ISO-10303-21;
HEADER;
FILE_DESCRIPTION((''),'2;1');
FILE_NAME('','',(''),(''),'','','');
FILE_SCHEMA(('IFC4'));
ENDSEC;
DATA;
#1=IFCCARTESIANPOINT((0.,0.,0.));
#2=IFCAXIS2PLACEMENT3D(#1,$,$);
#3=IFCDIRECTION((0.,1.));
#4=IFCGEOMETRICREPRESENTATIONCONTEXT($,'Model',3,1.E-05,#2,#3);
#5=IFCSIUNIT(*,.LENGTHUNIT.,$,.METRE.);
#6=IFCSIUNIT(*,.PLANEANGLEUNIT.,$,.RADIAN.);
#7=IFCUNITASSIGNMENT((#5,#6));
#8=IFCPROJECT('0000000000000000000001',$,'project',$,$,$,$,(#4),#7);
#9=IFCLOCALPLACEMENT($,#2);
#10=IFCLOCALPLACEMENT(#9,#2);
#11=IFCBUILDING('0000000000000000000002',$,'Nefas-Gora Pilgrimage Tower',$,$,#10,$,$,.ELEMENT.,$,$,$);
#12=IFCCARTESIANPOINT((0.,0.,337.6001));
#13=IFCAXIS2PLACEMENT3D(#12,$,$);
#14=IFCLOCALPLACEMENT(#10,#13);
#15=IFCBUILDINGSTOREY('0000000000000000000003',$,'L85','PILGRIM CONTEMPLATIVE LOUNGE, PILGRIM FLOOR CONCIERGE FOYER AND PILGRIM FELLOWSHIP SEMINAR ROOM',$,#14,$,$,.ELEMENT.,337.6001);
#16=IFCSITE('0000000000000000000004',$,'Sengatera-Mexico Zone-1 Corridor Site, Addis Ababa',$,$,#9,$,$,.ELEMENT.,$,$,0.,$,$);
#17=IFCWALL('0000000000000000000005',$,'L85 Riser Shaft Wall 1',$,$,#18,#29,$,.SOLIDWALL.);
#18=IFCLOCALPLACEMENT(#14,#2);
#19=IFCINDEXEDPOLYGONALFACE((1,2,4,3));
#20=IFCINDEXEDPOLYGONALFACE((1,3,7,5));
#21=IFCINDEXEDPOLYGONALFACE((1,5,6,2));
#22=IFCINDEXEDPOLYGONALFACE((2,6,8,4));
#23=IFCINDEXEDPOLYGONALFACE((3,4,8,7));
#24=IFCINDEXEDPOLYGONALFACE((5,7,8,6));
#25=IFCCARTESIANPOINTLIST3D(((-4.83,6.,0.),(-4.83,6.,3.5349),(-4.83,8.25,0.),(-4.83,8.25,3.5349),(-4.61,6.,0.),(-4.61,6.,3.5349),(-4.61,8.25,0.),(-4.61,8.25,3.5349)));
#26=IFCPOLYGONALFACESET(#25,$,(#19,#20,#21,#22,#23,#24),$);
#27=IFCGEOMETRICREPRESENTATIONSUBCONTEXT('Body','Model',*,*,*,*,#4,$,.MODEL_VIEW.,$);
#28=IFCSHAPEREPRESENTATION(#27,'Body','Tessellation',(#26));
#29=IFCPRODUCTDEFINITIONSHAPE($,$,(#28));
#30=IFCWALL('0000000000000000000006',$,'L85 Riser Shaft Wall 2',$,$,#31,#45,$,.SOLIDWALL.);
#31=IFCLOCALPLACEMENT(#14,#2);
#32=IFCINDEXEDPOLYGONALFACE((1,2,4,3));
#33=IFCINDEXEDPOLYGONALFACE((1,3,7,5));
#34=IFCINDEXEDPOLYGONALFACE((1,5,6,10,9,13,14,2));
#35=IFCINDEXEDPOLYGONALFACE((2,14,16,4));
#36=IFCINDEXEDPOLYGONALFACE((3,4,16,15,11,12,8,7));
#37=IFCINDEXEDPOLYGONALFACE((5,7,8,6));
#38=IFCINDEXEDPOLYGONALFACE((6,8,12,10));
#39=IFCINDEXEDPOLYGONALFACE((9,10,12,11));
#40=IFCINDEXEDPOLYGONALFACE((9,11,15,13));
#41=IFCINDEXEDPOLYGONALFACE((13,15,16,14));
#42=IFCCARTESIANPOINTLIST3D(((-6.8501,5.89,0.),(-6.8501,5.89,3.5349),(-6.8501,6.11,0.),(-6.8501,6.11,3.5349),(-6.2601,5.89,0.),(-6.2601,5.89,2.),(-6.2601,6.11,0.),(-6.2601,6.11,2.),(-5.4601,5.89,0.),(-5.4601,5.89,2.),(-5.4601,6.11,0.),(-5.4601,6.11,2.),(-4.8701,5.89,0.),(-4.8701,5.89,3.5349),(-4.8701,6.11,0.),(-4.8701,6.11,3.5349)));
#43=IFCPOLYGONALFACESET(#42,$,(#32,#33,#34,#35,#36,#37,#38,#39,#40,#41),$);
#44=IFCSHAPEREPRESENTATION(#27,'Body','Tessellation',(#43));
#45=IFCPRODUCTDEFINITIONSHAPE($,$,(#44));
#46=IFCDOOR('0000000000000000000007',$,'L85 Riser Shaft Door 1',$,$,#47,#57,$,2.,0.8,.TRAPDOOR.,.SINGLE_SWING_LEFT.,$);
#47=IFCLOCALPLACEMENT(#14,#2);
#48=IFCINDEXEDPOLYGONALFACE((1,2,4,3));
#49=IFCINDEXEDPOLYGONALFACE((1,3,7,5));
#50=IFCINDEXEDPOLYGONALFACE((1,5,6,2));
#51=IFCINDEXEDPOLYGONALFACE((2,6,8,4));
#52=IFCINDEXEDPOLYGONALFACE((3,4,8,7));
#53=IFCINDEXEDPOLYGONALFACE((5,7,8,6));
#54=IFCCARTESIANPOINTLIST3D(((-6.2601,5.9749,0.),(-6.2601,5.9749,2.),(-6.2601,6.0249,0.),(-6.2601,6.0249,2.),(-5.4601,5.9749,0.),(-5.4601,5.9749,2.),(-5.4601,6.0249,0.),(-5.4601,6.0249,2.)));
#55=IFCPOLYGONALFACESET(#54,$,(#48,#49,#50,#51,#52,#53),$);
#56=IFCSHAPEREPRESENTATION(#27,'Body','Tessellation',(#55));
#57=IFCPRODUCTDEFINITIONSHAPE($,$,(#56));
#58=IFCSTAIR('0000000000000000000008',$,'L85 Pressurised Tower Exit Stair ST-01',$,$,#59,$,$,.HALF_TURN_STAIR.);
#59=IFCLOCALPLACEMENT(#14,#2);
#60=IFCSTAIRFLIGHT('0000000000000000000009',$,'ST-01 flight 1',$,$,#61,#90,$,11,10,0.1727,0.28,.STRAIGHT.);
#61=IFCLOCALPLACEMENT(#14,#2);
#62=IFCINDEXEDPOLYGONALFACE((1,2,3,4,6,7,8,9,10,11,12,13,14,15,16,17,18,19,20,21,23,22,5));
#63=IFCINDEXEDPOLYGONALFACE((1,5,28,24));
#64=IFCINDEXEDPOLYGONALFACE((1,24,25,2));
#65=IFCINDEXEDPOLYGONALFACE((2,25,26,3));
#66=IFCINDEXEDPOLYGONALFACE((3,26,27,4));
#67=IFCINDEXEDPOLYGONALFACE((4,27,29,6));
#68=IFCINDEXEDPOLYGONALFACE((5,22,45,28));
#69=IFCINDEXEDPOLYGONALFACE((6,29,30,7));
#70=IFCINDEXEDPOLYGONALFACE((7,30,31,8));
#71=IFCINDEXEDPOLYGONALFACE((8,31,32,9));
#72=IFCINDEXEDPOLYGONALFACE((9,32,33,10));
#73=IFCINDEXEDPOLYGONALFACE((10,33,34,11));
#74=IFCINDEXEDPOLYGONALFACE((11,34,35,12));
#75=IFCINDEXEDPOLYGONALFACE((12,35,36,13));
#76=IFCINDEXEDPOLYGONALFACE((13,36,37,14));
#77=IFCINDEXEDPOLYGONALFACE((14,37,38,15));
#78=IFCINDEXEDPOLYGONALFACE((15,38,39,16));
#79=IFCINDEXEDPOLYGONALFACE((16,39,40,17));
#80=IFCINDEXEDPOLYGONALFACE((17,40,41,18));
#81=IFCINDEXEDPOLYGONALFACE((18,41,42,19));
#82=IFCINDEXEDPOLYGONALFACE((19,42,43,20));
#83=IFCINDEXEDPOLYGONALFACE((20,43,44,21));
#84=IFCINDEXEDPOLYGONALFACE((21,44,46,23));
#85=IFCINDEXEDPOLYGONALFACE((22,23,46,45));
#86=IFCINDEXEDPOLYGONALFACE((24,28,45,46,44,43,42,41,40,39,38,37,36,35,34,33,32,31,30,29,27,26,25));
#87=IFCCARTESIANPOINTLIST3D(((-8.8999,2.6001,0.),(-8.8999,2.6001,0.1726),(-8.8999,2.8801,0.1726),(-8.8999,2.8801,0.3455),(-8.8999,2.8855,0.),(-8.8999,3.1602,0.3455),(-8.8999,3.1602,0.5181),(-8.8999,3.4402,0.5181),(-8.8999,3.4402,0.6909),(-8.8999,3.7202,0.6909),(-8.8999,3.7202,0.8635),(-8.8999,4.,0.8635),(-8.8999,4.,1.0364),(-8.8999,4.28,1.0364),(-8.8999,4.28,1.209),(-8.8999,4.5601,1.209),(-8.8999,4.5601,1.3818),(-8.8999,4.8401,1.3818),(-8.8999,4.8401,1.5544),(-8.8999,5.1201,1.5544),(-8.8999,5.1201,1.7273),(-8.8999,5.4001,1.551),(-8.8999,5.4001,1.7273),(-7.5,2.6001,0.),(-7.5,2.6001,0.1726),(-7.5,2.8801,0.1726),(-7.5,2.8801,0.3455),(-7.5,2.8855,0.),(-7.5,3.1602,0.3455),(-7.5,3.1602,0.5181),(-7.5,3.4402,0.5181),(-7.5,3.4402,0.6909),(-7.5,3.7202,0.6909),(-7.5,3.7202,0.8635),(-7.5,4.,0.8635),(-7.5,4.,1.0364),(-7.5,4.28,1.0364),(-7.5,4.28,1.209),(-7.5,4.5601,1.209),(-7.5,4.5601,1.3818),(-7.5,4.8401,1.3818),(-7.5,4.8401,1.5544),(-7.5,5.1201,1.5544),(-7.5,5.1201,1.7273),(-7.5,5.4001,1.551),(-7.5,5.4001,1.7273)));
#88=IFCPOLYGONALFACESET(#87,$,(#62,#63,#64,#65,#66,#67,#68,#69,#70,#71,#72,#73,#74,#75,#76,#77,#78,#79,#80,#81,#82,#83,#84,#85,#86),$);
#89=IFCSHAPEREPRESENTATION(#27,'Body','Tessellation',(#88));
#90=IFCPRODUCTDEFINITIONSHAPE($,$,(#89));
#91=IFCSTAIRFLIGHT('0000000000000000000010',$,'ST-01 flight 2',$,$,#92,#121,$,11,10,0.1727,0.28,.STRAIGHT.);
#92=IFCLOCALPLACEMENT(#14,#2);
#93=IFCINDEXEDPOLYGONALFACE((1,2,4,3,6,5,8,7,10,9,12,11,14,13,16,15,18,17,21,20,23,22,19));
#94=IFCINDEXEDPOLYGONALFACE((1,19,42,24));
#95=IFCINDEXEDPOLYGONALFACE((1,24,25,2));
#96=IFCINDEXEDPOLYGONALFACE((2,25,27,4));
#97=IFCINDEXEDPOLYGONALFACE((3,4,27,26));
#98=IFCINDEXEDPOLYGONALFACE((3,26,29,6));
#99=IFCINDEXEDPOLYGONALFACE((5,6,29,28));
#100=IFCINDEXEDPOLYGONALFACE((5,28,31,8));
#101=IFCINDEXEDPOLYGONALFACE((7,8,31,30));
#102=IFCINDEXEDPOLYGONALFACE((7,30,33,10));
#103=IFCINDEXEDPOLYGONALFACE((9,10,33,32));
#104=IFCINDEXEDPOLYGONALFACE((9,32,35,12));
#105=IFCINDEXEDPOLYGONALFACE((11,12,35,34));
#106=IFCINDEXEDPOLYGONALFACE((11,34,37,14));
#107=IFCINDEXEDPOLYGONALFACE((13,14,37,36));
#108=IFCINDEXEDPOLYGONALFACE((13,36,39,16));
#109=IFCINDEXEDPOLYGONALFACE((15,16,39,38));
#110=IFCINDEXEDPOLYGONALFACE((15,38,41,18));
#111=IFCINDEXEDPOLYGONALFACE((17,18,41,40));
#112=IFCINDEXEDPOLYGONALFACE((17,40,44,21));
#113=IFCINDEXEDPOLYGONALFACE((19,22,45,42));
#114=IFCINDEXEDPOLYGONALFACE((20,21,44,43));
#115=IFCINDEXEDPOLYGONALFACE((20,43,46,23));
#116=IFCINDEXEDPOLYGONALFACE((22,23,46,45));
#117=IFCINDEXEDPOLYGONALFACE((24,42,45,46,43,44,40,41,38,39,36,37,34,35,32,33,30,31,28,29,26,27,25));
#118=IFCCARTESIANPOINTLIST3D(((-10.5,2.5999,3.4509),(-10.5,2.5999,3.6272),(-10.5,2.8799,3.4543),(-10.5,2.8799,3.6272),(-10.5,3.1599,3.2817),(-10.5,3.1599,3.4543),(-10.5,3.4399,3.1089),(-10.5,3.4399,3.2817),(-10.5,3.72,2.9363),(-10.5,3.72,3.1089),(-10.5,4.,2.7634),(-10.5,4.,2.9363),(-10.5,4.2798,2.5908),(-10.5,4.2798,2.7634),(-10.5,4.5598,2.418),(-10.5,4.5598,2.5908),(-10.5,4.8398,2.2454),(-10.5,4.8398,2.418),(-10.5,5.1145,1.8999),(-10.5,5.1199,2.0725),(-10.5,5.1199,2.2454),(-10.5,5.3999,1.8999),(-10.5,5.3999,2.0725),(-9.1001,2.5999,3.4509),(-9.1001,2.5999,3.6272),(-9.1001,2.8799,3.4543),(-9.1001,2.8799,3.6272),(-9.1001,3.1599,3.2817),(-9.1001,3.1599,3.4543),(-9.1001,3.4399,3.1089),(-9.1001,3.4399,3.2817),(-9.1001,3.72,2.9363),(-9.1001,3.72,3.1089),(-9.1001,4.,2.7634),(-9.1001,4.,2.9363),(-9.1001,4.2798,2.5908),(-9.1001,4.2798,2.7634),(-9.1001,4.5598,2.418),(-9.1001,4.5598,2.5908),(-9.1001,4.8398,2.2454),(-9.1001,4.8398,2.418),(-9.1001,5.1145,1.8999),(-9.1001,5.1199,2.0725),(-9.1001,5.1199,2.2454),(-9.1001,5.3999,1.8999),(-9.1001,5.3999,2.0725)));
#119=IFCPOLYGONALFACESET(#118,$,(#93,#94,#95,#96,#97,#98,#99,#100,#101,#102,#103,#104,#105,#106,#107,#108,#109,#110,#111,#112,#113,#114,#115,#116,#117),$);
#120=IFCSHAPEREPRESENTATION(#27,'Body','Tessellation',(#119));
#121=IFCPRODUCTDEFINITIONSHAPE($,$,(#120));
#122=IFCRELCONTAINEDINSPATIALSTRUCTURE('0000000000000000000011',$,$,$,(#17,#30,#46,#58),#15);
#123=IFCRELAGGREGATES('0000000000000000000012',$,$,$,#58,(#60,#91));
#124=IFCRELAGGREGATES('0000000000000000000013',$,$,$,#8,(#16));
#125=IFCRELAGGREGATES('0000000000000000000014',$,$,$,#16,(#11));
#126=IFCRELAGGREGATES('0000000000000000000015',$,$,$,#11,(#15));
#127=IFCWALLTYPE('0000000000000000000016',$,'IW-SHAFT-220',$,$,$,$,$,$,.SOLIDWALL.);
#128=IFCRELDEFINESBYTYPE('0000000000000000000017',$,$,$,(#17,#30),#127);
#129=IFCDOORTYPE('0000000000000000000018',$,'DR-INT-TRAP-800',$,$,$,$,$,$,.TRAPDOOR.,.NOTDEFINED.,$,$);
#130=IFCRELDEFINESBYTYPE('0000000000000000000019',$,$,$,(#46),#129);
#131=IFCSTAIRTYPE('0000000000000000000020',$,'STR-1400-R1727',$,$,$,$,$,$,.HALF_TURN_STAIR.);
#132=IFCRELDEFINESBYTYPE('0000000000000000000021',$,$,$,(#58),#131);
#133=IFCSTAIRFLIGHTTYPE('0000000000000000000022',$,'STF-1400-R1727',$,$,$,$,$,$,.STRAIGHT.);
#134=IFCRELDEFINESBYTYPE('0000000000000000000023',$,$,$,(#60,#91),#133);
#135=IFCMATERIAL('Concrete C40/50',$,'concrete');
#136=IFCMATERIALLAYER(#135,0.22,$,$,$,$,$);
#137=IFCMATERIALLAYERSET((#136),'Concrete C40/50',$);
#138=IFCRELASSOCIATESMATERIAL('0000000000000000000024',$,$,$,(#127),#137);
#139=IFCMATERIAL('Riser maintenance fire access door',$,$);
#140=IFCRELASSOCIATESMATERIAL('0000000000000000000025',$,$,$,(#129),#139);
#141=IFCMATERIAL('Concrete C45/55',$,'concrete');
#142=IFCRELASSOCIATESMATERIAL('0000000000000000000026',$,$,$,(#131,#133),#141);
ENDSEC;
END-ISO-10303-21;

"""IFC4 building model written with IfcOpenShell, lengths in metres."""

from ifc_helpers import new_model, si_unit, direction, frame, frame_2d, origin, place, context, subcontext, project, spatial, polyline, rectangle, outline, extrude, source, transform, mapped, material, layer, layer_set, type_object, element, fill, aggregate, save


model = new_model("IFC4")

# Units and contexts
model_context = context("Model", 3, precision=1e-05, world=origin(), true_north=direction((0.0, 1.0)))
body_context = subcontext(model_context, "Body", "Model", "MODEL_VIEW")
ifc_project = project(units=[si_unit("LENGTHUNIT", "METRE"), si_unit("PLANEANGLEUNIT", "RADIAN")], contexts=[model_context])

# Site, building, storey
site_placement = place(None, origin())
site = spatial("IfcSite", under=ifc_project, at=site_placement, Name="Sengatera-Mexico Zone-1 Corridor Site, Addis Ababa", CompositionType="ELEMENT", RefElevation=0.0)
building_placement = place(site_placement, origin())
building = spatial("IfcBuilding", under=site, at=building_placement, Name="Nefas-Gora Pilgrimage Tower", CompositionType="ELEMENT")
storey_placement = place(building_placement, frame((0.0, 0.0, 337.6001)))
storey = spatial("IfcBuildingStorey", under=building, at=storey_placement, Name="L85", Description="PILGRIM CONTEMPLATIVE LOUNGE, PILGRIM FLOOR CONCIERGE FOYER AND PILGRIM FELLOWSHIP SEMINAR ROOM", CompositionType="ELEMENT", Elevation=337.6001)

# Shared definitions
ifc_material_1 = material(Name="Concrete C45/55", Category="concrete")

# Shared definitions
ifc_material_2 = material(Name="Concrete C40/50", Category="concrete")
ifc_layer_1 = layer(ifc_material_2, 0.22)
ifc_layer_set_1 = layer_set([ifc_layer_1], Name="Concrete C40/50")
wall_type_1 = type_object("IfcWallType", Name="IW-SHAFT-220", PredefinedType="SOLIDWALL", material=ifc_layer_set_1)

# Wall
shared_shape_1 = source(origin(), body_context, "Body", "SweptSolid", [
    extrude(rectangle(XDim=2.25, YDim=0.22, at=frame_2d((1.125, 0.0))), origin(), (0.0, 0.0, 1.0), 3.5349),
])
wall_1_placement = place(storey_placement, frame((-4.72, 6.0, 0.0), z_axis=(0.0, 0.0, 1.0), x_axis=(0.0, 1.0, 0.0)))
element("IfcWall", 1, at=wall_1_placement, inside=storey, type_object=wall_type_1, Name="L85 Riser Shaft Wall 1", PredefinedType="SOLIDWALL", context=body_context, shape_type="MappedRepresentation", body=[
    mapped(shared_shape_1, transform((0.0, 0.0, 0.0), x_axis=(1.0, 0.0, 0.0), y_axis=(0.0, 1.0, 0.0), z_axis=(0.0, 0.0, 1.0), scale=1.0)),
])

# Wall, opening, door
shared_shape_2 = source(origin(), body_context, "Body", "SweptSolid", [
    extrude(rectangle(XDim=1.98, YDim=0.22, at=frame_2d((0.99, 0.0))), origin(), (0.0, 0.0, 1.0), 3.5349),
])
wall_2_placement = place(storey_placement, frame((-6.8501, 6.0, 0.0), z_axis=(0.0, 0.0, 1.0), x_axis=(1.0, 0.0, 0.0)))
wall_2 = element("IfcWall", 2, at=wall_2_placement, inside=storey, type_object=wall_type_1, Name="L85 Riser Shaft Wall 2", PredefinedType="SOLIDWALL", context=body_context, shape_type="MappedRepresentation", body=[
    mapped(shared_shape_2, transform((0.0, 0.0, 0.0), x_axis=(1.0, 0.0, 0.0), y_axis=(0.0, 1.0, 0.0), z_axis=(0.0, 0.0, 1.0), scale=1.0)),
])
opening_1_placement = place(wall_2_placement, frame((0.5901, 0.0, 0.0)))
opening_1 = element("IfcOpeningElement", 3, at=opening_1_placement, cuts=wall_2, PredefinedType="OPENING", context=body_context, shape_type="SweptSolid", body=[
    extrude(rectangle(XDim=0.8, YDim=2.0, at=frame_2d((0.3999, 1.0))), frame((0.0, 0.1199, 0.0), z_axis=(0.0, -1.0, 0.0), x_axis=(1.0, 0.0, 0.0)), (0.0, 0.0, 1.0), 0.24),
])
ifc_material_3 = material(Name="Riser maintenance fire access door")
door_type_1 = type_object("IfcDoorType", Name="DR-INT-TRAP-800", OperationType="NOTDEFINED", PredefinedType="TRAPDOOR", material=ifc_material_3)
shared_shape_3 = source(origin(), body_context, "Body", "SweptSolid", [
    extrude(rectangle(XDim=0.8, YDim=2.0, at=frame_2d((0.3999, 1.0))), frame((0.0, 0.0249, 0.0), z_axis=(0.0, -1.0, 0.0), x_axis=(1.0, 0.0, 0.0)), (0.0, 0.0, 1.0), 0.05),
])
door_1_placement = place(opening_1_placement, origin())
door_1 = element("IfcDoor", 4, at=door_1_placement, inside=storey, type_object=door_type_1, Name="L85 Riser Shaft Door 1", OperationType="SINGLE_SWING_LEFT", OverallHeight=2.0, OverallWidth=0.8, PredefinedType="TRAPDOOR", context=body_context, shape_type="MappedRepresentation", body=[
    mapped(shared_shape_3, transform((0.0, 0.0, 0.0), x_axis=(1.0, 0.0, 0.0), y_axis=(0.0, 1.0, 0.0), z_axis=(0.0, 0.0, 1.0), scale=1.0)),
])
fill(opening_1, door_1)

# Stair, stair flights
stair_type = type_object("IfcStairType", Name="STR-1400-R1727", PredefinedType="HALF_TURN_STAIR", material=ifc_material_1)
stair_placement = place(storey_placement, origin())
stair = element("IfcStair", 5, at=stair_placement, inside=storey, type_object=stair_type, Name="L85 Pressurised Tower Exit Stair ST-01", PredefinedType="HALF_TURN_STAIR")
stair_flight_type = type_object("IfcStairFlightType", Name="STF-1400-R1727", PredefinedType="STRAIGHT", material=ifc_material_1)
shared_shape_4 = source(origin(), body_context, "Body", "SweptSolid", [
    extrude(outline(polyline([(0.0, 0.0), (0.0, 0.1726), (0.28, 0.1726), (0.28, 0.3455), (0.5601, 0.3455), (0.5601, 0.5181), (0.8401, 0.5181), (0.8401, 0.6909), (1.1201, 0.6909), (1.1201, 0.8635), (1.3999, 0.8635), (1.3999, 1.0364), (1.6799, 1.0364), (1.6799, 1.209), (1.96, 1.209), (1.96, 1.3818), (2.24, 1.3818), (2.24, 1.5544), (2.52, 1.5544), (2.52, 1.7273), (2.8, 1.7273), (2.8, 1.8999), (2.8, 1.551), (0.2854, 0.0), (0.0, 0.0)])), frame((0.0, 0.7, 0.0), z_axis=(0.0, -1.0, 0.0), x_axis=(1.0, 0.0, 0.0)), (0.0, 0.0, 1.0), 1.3999),
])
stair_flight_1_placement = place(storey_placement, frame((-8.2, 2.6001, 0.0), z_axis=(0.0, 0.0, 1.0), x_axis=(0.0, 1.0, 0.0)))
stair_flight_1 = element("IfcStairFlight", 6, at=stair_flight_1_placement, type_object=stair_flight_type, Name="ST-01 flight 1", NumberOfRisers=11, NumberOfTreads=10, PredefinedType="STRAIGHT", RiserHeight=0.1727, TreadLength=0.28, context=body_context, shape_type="MappedRepresentation", body=[
    mapped(shared_shape_4, transform((0.0, 0.0, 0.0), x_axis=(1.0, 0.0, 0.0), y_axis=(0.0, 1.0, 0.0), z_axis=(0.0, 0.0, 1.0), scale=1.0)),
])
stair_flight_2_placement = place(storey_placement, frame((-9.8, 5.3999, 1.8999), z_axis=(0.0, 0.0, 1.0), x_axis=(0.0, -1.0, 0.0)))
stair_flight_2 = element("IfcStairFlight", 7, at=stair_flight_2_placement, type_object=stair_flight_type, Name="ST-01 flight 2", NumberOfRisers=11, NumberOfTreads=10, PredefinedType="STRAIGHT", RiserHeight=0.1727, TreadLength=0.28, context=body_context, shape_type="MappedRepresentation", body=[
    mapped(shared_shape_4, transform((0.0, 0.0, 0.0), x_axis=(1.0, 0.0, 0.0), y_axis=(0.0, 1.0, 0.0), z_axis=(0.0, 0.0, 1.0), scale=1.0)),
])
aggregate(stair, [stair_flight_1, stair_flight_2])

save(model, "model.ifc")
